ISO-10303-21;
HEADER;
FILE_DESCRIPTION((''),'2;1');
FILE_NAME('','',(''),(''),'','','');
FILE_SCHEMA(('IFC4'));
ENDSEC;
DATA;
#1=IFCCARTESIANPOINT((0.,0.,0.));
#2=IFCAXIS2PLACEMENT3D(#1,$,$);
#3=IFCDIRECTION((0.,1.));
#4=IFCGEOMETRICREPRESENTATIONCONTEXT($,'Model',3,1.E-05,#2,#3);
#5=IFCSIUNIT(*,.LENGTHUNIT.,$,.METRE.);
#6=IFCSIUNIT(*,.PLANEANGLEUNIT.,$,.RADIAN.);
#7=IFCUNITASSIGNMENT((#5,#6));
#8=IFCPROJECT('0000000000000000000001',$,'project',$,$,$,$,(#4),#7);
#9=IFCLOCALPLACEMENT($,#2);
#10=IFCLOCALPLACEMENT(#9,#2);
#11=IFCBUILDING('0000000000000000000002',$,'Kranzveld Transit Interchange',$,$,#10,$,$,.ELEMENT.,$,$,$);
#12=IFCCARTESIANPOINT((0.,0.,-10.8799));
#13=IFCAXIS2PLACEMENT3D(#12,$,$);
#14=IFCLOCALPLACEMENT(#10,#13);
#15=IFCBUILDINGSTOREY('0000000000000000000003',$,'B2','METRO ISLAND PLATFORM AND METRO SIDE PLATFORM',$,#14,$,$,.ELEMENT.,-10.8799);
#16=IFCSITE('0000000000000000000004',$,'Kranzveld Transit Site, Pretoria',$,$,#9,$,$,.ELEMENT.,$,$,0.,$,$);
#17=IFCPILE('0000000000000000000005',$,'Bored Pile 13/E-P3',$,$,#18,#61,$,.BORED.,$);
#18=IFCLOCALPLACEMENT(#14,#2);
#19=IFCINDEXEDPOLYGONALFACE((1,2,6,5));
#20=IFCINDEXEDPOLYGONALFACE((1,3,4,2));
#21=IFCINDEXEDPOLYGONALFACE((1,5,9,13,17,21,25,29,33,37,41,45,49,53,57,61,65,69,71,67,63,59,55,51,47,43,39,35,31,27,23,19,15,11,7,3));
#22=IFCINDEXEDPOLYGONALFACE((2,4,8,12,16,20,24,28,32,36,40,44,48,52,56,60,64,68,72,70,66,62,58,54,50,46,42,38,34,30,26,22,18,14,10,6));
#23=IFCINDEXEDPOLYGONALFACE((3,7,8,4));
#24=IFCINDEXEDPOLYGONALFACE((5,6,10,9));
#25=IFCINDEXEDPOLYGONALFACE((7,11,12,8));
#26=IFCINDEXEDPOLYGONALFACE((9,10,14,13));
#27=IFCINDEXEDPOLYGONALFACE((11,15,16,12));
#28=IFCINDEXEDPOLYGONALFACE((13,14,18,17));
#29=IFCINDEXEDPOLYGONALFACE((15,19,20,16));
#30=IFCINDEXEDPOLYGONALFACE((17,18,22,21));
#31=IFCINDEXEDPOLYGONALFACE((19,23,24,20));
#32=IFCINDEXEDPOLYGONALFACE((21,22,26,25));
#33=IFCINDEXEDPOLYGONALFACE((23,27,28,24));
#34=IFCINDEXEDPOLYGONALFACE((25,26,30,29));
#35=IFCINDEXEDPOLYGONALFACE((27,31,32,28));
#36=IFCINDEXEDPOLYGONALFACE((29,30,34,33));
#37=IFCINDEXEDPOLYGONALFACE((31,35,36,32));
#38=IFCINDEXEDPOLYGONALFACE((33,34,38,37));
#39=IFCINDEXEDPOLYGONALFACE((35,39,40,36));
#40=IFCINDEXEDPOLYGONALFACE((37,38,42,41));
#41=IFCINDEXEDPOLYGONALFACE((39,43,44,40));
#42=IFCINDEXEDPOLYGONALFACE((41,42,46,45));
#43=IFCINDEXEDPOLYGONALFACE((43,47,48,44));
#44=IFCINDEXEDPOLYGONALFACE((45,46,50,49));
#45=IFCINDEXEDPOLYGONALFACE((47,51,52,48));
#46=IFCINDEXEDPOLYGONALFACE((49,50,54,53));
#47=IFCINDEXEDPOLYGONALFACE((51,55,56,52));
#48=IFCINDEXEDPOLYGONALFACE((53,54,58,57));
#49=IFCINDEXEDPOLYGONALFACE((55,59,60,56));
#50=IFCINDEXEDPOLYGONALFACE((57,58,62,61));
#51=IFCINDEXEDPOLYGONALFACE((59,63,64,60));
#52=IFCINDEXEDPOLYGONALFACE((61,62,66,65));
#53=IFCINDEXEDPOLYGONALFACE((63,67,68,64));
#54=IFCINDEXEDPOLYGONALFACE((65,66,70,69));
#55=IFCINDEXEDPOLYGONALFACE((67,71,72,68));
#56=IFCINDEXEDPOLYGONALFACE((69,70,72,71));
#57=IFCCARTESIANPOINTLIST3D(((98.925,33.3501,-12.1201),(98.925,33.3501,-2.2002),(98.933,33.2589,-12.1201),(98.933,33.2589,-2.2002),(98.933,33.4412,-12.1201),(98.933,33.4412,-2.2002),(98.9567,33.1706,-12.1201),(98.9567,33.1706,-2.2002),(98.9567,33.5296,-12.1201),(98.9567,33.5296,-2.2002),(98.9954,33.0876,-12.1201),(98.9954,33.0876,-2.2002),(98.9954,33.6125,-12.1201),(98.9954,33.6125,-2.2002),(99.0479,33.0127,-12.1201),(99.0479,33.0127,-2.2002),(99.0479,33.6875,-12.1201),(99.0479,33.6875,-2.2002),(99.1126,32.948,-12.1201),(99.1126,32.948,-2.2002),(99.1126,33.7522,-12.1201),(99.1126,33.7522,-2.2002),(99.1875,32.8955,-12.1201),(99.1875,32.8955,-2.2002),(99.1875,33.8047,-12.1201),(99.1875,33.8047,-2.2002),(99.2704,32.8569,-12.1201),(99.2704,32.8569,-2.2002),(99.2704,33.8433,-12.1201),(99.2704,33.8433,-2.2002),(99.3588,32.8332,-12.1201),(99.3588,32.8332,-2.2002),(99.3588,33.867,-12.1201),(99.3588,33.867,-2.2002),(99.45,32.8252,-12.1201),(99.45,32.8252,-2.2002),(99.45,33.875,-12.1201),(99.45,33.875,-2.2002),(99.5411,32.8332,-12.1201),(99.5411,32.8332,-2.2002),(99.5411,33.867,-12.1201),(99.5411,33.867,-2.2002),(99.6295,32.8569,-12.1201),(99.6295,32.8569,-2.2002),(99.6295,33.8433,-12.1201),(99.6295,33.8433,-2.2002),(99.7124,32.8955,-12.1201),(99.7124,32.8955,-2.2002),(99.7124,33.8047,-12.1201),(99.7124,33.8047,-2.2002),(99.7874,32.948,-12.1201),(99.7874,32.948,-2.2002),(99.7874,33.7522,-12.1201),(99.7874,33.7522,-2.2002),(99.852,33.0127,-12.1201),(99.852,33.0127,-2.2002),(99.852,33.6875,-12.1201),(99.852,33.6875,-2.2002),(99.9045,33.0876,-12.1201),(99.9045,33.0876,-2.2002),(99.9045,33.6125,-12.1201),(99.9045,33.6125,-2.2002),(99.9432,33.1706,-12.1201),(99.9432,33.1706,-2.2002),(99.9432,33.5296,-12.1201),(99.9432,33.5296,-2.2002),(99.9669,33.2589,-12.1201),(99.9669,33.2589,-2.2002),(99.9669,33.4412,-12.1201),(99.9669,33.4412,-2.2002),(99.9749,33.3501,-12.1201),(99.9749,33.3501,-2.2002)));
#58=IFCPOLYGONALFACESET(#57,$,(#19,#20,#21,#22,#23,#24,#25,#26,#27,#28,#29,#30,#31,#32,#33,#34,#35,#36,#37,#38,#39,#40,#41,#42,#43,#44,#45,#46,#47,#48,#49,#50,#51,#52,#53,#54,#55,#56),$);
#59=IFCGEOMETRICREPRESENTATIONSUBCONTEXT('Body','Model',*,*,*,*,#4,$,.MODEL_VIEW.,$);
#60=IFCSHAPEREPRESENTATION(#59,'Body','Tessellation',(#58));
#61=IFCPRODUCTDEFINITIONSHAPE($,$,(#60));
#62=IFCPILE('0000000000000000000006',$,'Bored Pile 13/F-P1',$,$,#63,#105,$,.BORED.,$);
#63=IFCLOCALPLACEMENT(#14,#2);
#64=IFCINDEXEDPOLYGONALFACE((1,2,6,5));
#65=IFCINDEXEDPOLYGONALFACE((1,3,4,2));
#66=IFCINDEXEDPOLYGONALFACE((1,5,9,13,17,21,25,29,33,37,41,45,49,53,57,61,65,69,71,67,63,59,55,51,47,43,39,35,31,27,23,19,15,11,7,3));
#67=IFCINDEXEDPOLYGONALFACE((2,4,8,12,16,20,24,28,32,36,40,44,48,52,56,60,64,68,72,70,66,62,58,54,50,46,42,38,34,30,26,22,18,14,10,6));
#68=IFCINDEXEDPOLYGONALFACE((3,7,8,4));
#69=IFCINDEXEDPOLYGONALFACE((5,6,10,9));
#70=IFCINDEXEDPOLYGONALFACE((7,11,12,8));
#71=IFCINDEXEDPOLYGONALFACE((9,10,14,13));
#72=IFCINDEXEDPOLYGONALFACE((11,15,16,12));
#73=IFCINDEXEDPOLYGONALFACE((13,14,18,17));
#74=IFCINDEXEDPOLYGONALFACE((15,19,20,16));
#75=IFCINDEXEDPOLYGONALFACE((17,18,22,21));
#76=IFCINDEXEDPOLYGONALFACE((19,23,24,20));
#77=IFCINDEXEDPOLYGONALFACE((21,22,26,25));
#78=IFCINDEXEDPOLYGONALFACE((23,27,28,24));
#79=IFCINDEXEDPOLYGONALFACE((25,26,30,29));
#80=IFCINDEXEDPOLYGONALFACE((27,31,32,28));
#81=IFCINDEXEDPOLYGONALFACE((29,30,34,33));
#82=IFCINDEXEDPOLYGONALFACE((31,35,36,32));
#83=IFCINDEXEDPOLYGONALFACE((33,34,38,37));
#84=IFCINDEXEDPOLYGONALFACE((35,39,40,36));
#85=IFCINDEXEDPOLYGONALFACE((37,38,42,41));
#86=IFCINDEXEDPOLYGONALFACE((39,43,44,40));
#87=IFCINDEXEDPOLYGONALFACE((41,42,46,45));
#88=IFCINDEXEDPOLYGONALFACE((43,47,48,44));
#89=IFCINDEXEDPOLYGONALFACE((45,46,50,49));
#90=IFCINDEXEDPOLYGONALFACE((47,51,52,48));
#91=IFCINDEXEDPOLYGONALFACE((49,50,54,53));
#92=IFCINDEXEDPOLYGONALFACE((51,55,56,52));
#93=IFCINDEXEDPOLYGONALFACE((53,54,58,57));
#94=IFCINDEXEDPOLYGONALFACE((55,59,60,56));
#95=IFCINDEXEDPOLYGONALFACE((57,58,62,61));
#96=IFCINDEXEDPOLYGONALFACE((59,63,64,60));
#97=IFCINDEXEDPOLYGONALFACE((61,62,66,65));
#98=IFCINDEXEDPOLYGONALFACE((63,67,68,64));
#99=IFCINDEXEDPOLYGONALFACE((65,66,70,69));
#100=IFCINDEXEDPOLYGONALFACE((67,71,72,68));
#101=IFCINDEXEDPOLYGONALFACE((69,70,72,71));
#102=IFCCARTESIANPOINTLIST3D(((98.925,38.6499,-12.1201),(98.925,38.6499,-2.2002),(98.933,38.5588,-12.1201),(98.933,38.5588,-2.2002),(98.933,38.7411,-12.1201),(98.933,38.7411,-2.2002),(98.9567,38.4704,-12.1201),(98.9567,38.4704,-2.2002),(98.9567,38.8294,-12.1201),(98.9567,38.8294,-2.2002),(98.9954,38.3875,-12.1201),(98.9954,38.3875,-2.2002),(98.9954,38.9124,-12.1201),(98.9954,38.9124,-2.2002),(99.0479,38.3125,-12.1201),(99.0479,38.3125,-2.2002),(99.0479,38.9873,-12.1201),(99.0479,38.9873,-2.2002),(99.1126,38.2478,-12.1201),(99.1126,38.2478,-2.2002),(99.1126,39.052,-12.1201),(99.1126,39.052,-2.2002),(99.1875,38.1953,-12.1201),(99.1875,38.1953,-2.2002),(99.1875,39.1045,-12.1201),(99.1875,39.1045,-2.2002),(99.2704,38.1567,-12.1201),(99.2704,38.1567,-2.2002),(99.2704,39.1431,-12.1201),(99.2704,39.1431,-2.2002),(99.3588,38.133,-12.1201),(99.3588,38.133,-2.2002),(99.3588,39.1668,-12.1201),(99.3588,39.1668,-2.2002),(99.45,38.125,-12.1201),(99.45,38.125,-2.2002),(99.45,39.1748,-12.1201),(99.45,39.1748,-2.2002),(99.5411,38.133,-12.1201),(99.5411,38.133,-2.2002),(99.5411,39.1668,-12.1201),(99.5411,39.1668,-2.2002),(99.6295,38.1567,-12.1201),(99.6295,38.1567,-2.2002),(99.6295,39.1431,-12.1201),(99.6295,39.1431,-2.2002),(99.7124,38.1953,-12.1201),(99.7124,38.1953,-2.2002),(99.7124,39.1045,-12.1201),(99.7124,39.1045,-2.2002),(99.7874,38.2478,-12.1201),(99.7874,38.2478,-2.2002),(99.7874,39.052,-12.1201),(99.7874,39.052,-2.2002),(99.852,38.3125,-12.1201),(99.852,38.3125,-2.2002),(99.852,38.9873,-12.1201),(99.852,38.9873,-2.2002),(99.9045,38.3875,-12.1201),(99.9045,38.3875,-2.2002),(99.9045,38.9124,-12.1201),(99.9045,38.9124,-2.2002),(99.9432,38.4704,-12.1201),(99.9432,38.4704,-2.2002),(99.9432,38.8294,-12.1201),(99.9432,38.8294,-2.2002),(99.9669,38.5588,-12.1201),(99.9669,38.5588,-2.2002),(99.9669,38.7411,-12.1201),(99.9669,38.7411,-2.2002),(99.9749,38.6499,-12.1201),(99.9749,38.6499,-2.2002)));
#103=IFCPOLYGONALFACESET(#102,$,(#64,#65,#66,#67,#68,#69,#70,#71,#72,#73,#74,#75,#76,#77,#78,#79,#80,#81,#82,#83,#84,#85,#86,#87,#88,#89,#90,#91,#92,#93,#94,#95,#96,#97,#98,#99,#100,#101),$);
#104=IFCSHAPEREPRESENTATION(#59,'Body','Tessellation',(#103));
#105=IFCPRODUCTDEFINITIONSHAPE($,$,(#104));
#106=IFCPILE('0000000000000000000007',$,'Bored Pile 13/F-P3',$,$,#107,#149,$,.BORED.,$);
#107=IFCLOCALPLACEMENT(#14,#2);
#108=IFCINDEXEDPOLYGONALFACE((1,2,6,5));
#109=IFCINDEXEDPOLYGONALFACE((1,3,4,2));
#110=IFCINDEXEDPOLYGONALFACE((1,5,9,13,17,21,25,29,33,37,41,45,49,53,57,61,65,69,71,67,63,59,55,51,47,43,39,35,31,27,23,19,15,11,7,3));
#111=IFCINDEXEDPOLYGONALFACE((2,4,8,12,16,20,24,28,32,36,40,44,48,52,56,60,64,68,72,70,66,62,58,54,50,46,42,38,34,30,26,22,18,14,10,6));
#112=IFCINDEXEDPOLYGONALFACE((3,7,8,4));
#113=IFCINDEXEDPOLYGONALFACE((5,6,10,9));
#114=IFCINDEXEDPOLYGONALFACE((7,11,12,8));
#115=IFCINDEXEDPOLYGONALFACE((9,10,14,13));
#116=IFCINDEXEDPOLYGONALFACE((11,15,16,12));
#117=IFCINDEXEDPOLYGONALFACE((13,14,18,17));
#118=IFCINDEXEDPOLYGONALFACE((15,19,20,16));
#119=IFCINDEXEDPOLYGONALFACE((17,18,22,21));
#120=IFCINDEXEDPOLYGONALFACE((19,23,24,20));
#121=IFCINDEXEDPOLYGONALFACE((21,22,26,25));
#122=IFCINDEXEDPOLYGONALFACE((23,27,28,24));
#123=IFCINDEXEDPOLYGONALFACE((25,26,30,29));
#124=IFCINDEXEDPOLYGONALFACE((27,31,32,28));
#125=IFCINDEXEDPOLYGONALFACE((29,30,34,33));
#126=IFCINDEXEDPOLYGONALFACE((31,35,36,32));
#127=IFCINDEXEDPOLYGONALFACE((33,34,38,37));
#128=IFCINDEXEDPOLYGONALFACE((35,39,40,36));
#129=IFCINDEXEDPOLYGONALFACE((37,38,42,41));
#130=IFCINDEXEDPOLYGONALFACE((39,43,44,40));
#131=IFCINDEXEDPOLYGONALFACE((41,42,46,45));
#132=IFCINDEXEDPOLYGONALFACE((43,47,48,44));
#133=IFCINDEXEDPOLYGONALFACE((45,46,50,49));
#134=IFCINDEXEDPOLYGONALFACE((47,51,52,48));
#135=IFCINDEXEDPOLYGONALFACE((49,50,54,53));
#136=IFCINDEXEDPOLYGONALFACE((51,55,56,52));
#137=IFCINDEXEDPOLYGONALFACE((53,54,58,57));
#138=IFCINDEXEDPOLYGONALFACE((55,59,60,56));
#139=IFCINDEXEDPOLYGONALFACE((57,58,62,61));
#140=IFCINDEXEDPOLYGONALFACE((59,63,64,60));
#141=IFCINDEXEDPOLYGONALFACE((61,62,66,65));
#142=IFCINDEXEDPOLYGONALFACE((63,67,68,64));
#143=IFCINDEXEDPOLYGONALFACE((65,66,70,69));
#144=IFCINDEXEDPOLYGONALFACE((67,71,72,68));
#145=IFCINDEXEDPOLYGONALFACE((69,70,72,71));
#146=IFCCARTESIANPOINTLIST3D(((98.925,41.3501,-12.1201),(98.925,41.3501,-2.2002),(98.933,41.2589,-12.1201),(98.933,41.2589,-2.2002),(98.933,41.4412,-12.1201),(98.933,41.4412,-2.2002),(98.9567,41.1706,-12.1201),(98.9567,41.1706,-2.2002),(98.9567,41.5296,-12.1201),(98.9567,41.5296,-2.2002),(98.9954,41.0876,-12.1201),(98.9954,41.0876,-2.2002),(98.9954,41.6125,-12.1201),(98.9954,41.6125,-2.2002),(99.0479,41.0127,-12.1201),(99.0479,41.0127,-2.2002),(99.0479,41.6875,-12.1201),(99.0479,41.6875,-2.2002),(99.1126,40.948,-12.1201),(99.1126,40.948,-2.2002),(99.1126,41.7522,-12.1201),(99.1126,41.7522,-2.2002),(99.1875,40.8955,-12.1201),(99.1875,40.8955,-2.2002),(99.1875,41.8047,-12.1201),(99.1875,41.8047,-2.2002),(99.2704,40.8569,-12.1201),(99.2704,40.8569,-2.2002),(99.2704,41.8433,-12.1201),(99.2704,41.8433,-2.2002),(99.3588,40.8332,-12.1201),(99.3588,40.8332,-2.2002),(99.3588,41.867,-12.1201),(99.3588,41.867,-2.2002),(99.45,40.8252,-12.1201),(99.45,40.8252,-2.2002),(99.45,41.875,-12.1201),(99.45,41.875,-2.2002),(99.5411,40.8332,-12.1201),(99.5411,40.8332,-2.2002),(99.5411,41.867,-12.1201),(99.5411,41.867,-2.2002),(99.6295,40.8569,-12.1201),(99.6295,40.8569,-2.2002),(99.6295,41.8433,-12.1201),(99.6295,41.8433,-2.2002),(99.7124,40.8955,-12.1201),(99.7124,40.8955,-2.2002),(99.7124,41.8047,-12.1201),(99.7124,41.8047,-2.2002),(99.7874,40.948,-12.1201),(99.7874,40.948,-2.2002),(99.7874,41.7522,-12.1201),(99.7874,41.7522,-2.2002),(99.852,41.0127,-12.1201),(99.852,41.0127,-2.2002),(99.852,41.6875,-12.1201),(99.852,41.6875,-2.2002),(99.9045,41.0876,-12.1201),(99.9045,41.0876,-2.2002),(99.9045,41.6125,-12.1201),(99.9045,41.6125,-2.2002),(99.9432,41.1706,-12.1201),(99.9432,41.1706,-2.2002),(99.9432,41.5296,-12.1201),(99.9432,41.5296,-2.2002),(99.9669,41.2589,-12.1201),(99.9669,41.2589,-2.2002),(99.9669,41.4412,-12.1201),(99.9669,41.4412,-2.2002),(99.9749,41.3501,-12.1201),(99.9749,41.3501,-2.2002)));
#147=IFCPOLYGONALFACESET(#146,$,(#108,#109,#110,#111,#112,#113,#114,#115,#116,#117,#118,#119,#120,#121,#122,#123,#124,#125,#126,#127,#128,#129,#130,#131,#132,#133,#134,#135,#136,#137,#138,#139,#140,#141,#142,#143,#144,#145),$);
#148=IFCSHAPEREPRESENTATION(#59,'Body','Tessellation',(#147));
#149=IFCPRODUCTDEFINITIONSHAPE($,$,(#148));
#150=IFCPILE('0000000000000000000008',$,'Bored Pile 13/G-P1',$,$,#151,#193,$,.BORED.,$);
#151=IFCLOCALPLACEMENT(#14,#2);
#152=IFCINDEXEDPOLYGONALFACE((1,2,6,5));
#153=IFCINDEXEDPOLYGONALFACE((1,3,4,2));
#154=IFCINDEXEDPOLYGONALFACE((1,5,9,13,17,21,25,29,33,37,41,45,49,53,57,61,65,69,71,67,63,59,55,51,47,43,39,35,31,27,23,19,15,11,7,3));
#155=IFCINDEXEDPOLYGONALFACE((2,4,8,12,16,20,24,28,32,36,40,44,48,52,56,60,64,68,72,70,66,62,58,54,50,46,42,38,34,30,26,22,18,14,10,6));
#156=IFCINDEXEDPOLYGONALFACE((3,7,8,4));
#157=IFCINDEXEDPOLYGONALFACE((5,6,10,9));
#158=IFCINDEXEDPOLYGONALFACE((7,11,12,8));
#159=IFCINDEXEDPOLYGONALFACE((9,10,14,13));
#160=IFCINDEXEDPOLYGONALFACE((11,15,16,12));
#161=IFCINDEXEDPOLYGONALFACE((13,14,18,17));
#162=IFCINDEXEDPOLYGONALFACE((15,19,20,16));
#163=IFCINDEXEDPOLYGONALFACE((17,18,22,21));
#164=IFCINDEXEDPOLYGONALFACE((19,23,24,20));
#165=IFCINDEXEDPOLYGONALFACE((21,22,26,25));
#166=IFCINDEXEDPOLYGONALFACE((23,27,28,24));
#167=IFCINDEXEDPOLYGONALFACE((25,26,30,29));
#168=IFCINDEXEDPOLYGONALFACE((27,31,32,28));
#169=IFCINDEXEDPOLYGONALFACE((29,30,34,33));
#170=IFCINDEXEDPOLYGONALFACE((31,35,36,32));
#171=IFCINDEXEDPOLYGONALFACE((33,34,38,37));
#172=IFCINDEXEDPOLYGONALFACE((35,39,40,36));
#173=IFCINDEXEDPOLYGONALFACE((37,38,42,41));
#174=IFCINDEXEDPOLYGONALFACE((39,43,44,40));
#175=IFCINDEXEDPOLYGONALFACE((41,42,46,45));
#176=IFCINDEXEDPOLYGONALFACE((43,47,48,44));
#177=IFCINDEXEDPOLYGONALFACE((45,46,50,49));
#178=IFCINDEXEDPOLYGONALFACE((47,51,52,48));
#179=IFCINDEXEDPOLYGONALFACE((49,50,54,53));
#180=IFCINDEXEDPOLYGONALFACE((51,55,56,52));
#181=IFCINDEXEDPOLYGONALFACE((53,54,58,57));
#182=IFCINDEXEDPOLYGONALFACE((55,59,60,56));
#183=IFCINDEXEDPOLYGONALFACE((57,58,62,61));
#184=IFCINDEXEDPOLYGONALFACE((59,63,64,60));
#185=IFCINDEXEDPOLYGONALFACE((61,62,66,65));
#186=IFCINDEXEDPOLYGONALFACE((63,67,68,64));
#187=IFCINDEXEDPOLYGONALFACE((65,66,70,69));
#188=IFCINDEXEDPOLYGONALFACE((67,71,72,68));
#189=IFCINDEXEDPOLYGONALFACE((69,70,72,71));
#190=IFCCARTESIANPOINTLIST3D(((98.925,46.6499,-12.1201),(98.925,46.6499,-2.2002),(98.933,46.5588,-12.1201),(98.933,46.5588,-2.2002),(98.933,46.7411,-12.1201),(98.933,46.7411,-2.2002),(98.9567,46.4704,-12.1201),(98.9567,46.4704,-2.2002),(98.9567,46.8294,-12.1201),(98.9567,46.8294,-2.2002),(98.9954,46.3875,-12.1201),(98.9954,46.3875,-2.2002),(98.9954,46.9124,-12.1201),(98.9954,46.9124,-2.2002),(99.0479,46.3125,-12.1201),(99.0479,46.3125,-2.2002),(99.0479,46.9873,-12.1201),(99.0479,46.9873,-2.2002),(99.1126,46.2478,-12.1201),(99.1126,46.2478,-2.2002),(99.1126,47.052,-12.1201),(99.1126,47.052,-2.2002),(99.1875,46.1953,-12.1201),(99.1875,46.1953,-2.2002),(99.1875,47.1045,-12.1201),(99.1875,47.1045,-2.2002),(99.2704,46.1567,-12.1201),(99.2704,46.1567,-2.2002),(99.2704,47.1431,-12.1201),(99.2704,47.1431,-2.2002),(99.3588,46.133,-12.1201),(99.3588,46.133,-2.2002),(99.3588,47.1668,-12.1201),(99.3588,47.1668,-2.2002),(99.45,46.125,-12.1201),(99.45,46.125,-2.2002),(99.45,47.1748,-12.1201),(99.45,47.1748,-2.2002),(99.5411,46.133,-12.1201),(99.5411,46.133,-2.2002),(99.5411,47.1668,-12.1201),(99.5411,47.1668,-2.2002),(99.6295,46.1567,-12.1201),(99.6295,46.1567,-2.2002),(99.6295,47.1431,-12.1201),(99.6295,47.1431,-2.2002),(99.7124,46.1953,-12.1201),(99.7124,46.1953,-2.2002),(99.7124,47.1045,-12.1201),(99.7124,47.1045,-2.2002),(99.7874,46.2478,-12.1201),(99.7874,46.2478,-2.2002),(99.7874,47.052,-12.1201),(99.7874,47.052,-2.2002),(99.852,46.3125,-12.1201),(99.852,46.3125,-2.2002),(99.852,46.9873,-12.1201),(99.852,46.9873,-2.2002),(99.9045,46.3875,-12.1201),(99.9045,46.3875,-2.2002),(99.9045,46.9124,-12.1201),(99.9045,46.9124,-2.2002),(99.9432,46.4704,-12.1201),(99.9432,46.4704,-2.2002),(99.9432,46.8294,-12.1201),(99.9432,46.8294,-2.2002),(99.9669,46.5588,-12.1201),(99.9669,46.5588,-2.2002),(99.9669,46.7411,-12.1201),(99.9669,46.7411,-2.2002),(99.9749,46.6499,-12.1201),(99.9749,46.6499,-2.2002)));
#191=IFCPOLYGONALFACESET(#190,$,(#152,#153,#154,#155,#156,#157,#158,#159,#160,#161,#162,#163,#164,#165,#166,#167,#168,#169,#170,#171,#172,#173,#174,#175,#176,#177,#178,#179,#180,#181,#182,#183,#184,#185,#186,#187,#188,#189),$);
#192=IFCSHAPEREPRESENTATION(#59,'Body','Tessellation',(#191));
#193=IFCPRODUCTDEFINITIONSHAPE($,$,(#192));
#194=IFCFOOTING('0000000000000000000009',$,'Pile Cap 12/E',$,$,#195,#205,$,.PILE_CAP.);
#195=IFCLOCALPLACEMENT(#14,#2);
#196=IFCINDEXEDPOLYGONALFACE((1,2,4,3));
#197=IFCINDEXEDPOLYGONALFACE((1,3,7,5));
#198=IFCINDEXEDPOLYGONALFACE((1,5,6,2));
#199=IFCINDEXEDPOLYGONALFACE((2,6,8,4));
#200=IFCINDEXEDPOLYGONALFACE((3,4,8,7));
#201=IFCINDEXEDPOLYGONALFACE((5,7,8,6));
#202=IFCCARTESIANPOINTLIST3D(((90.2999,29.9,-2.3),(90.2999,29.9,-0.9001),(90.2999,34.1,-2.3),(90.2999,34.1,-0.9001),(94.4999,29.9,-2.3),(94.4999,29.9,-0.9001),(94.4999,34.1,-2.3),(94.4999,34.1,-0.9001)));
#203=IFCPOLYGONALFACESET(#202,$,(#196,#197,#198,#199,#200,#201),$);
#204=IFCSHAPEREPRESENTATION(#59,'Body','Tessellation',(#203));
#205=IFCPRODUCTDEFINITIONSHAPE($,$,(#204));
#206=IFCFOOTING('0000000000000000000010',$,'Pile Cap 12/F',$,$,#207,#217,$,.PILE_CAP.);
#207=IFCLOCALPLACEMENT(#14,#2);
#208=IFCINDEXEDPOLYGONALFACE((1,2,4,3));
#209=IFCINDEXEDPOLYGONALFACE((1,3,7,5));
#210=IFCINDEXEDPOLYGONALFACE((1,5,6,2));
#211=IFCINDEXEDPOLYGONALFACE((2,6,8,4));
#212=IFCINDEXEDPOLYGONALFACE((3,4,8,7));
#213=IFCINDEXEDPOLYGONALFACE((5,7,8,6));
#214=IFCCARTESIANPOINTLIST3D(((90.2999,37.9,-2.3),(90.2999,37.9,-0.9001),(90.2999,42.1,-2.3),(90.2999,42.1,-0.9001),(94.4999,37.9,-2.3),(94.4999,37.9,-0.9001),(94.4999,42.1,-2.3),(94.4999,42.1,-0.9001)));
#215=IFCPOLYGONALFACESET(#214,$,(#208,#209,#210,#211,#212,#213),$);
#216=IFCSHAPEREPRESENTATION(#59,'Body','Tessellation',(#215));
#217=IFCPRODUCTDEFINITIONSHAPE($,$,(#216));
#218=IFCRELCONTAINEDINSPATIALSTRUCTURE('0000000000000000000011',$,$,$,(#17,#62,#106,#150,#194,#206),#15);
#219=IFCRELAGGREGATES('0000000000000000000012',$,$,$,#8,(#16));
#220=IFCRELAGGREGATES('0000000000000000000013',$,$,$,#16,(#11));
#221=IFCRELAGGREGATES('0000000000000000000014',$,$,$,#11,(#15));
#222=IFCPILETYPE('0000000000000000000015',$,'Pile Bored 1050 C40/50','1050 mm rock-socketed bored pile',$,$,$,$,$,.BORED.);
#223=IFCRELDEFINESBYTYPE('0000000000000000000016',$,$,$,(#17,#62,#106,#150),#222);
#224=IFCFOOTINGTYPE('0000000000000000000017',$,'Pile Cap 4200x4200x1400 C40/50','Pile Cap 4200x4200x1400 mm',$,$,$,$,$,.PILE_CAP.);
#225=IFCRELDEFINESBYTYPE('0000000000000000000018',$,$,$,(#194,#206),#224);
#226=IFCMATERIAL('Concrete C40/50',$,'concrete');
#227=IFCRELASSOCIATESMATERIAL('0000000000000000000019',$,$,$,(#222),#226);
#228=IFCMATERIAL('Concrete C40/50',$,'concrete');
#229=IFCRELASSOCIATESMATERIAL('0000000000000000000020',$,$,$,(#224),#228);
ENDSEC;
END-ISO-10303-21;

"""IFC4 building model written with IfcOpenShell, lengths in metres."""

from ifc_helpers import new_model, si_unit, direction, frame, origin, origin_2d, place, context, subcontext, project, spatial, rectangle, circle, extrude, material, material_profile, profile_set, type_object, element, save


model = new_model("IFC4")

# Units and contexts
model_context = context("Model", 3, precision=1e-05, world=origin(), true_north=direction((0.0, 1.0)))
body_context = subcontext(model_context, "Body", "Model", "MODEL_VIEW")
ifc_project = project(units=[si_unit("LENGTHUNIT", "METRE"), si_unit("PLANEANGLEUNIT", "RADIAN")], contexts=[model_context])

# Site, building, storey
site_placement = place(None, origin())
site = spatial("IfcSite", under=ifc_project, at=site_placement, Name="Kranzveld Transit Site, Pretoria", CompositionType="ELEMENT", RefElevation=0.0)
building_placement = place(site_placement, origin())
building = spatial("IfcBuilding", under=site, at=building_placement, Name="Kranzveld Transit Interchange", CompositionType="ELEMENT")
storey_placement = place(building_placement, frame((0.0, 0.0, -10.8799)))
storey = spatial("IfcBuildingStorey", under=building, at=storey_placement, Name="B2", Description="METRO ISLAND PLATFORM AND METRO SIDE PLATFORM", CompositionType="ELEMENT", Elevation=-10.8799)

# Piles
ifc_material_1 = material(Name="Concrete C40/50", Category="concrete")
ifc_material_profile_1 = material_profile(ifc_material_1, circle(Radius=0.5249, at=origin_2d()), Name="BORED PILE 1050")
ifc_profile_set_1 = profile_set([ifc_material_profile_1], Name="Concrete C40/50")
pile_type = type_object("IfcPileType", Name="Pile Bored 1050 C40/50", Description="1050 mm rock-socketed bored pile", PredefinedType="BORED", material=ifc_profile_set_1)
for number, where, z_axis, x_axis, name in (
    (1, (99.45, 33.3501, -2.2002), (0.0, 0.0, -1.0), (1.0, 0.0, 0.0), "Bored Pile 13/E-P3"),
    (2, (99.45, 38.6499, -2.2002), (0.0, 0.0, -1.0), (1.0, 0.0, 0.0), "Bored Pile 13/F-P1"),
    (3, (99.45, 41.3501, -2.2002), (0.0, 0.0, -1.0), (1.0, 0.0, 0.0), "Bored Pile 13/F-P3"),
    (4, (99.45, 46.6499, -2.2002), (0.0, 0.0, -1.0), (1.0, 0.0, 0.0), "Bored Pile 13/G-P1"),
):
    element("IfcPile", number, at=place(storey_placement, frame(where, z_axis=z_axis, x_axis=x_axis)), inside=storey, type_object=pile_type, Name=name, PredefinedType="BORED", context=body_context, shape_type="SweptSolid", body=[
        extrude(circle(Radius=0.5249, at=origin_2d()), origin(), (0.0, 0.0, 1.0), 9.9199),
    ])

# Footings
ifc_material_2 = material(Name="Concrete C40/50", Category="concrete")
footing_type = type_object("IfcFootingType", Name="Pile Cap 4200x4200x1400 C40/50", Description="Pile Cap 4200x4200x1400 mm", PredefinedType="PILE_CAP", material=ifc_material_2)
for number, where, z_axis, x_axis, name in (
    (5, (92.3999, 32.0, -2.3), (0.0, 0.0, 1.0), (1.0, 0.0, 0.0), "Pile Cap 12/E"),
    (6, (92.3999, 40.0, -2.3), (0.0, 0.0, 1.0), (1.0, 0.0, 0.0), "Pile Cap 12/F"),
):
    element("IfcFooting", number, at=place(storey_placement, frame(where, z_axis=z_axis, x_axis=x_axis)), inside=storey, type_object=footing_type, Name=name, PredefinedType="PILE_CAP", context=body_context, shape_type="SweptSolid", body=[
        extrude(rectangle(XDim=4.2, YDim=4.2, at=origin_2d()), origin(), (0.0, 0.0, 1.0), 1.3999),
    ])

save(model, "model.ifc")
